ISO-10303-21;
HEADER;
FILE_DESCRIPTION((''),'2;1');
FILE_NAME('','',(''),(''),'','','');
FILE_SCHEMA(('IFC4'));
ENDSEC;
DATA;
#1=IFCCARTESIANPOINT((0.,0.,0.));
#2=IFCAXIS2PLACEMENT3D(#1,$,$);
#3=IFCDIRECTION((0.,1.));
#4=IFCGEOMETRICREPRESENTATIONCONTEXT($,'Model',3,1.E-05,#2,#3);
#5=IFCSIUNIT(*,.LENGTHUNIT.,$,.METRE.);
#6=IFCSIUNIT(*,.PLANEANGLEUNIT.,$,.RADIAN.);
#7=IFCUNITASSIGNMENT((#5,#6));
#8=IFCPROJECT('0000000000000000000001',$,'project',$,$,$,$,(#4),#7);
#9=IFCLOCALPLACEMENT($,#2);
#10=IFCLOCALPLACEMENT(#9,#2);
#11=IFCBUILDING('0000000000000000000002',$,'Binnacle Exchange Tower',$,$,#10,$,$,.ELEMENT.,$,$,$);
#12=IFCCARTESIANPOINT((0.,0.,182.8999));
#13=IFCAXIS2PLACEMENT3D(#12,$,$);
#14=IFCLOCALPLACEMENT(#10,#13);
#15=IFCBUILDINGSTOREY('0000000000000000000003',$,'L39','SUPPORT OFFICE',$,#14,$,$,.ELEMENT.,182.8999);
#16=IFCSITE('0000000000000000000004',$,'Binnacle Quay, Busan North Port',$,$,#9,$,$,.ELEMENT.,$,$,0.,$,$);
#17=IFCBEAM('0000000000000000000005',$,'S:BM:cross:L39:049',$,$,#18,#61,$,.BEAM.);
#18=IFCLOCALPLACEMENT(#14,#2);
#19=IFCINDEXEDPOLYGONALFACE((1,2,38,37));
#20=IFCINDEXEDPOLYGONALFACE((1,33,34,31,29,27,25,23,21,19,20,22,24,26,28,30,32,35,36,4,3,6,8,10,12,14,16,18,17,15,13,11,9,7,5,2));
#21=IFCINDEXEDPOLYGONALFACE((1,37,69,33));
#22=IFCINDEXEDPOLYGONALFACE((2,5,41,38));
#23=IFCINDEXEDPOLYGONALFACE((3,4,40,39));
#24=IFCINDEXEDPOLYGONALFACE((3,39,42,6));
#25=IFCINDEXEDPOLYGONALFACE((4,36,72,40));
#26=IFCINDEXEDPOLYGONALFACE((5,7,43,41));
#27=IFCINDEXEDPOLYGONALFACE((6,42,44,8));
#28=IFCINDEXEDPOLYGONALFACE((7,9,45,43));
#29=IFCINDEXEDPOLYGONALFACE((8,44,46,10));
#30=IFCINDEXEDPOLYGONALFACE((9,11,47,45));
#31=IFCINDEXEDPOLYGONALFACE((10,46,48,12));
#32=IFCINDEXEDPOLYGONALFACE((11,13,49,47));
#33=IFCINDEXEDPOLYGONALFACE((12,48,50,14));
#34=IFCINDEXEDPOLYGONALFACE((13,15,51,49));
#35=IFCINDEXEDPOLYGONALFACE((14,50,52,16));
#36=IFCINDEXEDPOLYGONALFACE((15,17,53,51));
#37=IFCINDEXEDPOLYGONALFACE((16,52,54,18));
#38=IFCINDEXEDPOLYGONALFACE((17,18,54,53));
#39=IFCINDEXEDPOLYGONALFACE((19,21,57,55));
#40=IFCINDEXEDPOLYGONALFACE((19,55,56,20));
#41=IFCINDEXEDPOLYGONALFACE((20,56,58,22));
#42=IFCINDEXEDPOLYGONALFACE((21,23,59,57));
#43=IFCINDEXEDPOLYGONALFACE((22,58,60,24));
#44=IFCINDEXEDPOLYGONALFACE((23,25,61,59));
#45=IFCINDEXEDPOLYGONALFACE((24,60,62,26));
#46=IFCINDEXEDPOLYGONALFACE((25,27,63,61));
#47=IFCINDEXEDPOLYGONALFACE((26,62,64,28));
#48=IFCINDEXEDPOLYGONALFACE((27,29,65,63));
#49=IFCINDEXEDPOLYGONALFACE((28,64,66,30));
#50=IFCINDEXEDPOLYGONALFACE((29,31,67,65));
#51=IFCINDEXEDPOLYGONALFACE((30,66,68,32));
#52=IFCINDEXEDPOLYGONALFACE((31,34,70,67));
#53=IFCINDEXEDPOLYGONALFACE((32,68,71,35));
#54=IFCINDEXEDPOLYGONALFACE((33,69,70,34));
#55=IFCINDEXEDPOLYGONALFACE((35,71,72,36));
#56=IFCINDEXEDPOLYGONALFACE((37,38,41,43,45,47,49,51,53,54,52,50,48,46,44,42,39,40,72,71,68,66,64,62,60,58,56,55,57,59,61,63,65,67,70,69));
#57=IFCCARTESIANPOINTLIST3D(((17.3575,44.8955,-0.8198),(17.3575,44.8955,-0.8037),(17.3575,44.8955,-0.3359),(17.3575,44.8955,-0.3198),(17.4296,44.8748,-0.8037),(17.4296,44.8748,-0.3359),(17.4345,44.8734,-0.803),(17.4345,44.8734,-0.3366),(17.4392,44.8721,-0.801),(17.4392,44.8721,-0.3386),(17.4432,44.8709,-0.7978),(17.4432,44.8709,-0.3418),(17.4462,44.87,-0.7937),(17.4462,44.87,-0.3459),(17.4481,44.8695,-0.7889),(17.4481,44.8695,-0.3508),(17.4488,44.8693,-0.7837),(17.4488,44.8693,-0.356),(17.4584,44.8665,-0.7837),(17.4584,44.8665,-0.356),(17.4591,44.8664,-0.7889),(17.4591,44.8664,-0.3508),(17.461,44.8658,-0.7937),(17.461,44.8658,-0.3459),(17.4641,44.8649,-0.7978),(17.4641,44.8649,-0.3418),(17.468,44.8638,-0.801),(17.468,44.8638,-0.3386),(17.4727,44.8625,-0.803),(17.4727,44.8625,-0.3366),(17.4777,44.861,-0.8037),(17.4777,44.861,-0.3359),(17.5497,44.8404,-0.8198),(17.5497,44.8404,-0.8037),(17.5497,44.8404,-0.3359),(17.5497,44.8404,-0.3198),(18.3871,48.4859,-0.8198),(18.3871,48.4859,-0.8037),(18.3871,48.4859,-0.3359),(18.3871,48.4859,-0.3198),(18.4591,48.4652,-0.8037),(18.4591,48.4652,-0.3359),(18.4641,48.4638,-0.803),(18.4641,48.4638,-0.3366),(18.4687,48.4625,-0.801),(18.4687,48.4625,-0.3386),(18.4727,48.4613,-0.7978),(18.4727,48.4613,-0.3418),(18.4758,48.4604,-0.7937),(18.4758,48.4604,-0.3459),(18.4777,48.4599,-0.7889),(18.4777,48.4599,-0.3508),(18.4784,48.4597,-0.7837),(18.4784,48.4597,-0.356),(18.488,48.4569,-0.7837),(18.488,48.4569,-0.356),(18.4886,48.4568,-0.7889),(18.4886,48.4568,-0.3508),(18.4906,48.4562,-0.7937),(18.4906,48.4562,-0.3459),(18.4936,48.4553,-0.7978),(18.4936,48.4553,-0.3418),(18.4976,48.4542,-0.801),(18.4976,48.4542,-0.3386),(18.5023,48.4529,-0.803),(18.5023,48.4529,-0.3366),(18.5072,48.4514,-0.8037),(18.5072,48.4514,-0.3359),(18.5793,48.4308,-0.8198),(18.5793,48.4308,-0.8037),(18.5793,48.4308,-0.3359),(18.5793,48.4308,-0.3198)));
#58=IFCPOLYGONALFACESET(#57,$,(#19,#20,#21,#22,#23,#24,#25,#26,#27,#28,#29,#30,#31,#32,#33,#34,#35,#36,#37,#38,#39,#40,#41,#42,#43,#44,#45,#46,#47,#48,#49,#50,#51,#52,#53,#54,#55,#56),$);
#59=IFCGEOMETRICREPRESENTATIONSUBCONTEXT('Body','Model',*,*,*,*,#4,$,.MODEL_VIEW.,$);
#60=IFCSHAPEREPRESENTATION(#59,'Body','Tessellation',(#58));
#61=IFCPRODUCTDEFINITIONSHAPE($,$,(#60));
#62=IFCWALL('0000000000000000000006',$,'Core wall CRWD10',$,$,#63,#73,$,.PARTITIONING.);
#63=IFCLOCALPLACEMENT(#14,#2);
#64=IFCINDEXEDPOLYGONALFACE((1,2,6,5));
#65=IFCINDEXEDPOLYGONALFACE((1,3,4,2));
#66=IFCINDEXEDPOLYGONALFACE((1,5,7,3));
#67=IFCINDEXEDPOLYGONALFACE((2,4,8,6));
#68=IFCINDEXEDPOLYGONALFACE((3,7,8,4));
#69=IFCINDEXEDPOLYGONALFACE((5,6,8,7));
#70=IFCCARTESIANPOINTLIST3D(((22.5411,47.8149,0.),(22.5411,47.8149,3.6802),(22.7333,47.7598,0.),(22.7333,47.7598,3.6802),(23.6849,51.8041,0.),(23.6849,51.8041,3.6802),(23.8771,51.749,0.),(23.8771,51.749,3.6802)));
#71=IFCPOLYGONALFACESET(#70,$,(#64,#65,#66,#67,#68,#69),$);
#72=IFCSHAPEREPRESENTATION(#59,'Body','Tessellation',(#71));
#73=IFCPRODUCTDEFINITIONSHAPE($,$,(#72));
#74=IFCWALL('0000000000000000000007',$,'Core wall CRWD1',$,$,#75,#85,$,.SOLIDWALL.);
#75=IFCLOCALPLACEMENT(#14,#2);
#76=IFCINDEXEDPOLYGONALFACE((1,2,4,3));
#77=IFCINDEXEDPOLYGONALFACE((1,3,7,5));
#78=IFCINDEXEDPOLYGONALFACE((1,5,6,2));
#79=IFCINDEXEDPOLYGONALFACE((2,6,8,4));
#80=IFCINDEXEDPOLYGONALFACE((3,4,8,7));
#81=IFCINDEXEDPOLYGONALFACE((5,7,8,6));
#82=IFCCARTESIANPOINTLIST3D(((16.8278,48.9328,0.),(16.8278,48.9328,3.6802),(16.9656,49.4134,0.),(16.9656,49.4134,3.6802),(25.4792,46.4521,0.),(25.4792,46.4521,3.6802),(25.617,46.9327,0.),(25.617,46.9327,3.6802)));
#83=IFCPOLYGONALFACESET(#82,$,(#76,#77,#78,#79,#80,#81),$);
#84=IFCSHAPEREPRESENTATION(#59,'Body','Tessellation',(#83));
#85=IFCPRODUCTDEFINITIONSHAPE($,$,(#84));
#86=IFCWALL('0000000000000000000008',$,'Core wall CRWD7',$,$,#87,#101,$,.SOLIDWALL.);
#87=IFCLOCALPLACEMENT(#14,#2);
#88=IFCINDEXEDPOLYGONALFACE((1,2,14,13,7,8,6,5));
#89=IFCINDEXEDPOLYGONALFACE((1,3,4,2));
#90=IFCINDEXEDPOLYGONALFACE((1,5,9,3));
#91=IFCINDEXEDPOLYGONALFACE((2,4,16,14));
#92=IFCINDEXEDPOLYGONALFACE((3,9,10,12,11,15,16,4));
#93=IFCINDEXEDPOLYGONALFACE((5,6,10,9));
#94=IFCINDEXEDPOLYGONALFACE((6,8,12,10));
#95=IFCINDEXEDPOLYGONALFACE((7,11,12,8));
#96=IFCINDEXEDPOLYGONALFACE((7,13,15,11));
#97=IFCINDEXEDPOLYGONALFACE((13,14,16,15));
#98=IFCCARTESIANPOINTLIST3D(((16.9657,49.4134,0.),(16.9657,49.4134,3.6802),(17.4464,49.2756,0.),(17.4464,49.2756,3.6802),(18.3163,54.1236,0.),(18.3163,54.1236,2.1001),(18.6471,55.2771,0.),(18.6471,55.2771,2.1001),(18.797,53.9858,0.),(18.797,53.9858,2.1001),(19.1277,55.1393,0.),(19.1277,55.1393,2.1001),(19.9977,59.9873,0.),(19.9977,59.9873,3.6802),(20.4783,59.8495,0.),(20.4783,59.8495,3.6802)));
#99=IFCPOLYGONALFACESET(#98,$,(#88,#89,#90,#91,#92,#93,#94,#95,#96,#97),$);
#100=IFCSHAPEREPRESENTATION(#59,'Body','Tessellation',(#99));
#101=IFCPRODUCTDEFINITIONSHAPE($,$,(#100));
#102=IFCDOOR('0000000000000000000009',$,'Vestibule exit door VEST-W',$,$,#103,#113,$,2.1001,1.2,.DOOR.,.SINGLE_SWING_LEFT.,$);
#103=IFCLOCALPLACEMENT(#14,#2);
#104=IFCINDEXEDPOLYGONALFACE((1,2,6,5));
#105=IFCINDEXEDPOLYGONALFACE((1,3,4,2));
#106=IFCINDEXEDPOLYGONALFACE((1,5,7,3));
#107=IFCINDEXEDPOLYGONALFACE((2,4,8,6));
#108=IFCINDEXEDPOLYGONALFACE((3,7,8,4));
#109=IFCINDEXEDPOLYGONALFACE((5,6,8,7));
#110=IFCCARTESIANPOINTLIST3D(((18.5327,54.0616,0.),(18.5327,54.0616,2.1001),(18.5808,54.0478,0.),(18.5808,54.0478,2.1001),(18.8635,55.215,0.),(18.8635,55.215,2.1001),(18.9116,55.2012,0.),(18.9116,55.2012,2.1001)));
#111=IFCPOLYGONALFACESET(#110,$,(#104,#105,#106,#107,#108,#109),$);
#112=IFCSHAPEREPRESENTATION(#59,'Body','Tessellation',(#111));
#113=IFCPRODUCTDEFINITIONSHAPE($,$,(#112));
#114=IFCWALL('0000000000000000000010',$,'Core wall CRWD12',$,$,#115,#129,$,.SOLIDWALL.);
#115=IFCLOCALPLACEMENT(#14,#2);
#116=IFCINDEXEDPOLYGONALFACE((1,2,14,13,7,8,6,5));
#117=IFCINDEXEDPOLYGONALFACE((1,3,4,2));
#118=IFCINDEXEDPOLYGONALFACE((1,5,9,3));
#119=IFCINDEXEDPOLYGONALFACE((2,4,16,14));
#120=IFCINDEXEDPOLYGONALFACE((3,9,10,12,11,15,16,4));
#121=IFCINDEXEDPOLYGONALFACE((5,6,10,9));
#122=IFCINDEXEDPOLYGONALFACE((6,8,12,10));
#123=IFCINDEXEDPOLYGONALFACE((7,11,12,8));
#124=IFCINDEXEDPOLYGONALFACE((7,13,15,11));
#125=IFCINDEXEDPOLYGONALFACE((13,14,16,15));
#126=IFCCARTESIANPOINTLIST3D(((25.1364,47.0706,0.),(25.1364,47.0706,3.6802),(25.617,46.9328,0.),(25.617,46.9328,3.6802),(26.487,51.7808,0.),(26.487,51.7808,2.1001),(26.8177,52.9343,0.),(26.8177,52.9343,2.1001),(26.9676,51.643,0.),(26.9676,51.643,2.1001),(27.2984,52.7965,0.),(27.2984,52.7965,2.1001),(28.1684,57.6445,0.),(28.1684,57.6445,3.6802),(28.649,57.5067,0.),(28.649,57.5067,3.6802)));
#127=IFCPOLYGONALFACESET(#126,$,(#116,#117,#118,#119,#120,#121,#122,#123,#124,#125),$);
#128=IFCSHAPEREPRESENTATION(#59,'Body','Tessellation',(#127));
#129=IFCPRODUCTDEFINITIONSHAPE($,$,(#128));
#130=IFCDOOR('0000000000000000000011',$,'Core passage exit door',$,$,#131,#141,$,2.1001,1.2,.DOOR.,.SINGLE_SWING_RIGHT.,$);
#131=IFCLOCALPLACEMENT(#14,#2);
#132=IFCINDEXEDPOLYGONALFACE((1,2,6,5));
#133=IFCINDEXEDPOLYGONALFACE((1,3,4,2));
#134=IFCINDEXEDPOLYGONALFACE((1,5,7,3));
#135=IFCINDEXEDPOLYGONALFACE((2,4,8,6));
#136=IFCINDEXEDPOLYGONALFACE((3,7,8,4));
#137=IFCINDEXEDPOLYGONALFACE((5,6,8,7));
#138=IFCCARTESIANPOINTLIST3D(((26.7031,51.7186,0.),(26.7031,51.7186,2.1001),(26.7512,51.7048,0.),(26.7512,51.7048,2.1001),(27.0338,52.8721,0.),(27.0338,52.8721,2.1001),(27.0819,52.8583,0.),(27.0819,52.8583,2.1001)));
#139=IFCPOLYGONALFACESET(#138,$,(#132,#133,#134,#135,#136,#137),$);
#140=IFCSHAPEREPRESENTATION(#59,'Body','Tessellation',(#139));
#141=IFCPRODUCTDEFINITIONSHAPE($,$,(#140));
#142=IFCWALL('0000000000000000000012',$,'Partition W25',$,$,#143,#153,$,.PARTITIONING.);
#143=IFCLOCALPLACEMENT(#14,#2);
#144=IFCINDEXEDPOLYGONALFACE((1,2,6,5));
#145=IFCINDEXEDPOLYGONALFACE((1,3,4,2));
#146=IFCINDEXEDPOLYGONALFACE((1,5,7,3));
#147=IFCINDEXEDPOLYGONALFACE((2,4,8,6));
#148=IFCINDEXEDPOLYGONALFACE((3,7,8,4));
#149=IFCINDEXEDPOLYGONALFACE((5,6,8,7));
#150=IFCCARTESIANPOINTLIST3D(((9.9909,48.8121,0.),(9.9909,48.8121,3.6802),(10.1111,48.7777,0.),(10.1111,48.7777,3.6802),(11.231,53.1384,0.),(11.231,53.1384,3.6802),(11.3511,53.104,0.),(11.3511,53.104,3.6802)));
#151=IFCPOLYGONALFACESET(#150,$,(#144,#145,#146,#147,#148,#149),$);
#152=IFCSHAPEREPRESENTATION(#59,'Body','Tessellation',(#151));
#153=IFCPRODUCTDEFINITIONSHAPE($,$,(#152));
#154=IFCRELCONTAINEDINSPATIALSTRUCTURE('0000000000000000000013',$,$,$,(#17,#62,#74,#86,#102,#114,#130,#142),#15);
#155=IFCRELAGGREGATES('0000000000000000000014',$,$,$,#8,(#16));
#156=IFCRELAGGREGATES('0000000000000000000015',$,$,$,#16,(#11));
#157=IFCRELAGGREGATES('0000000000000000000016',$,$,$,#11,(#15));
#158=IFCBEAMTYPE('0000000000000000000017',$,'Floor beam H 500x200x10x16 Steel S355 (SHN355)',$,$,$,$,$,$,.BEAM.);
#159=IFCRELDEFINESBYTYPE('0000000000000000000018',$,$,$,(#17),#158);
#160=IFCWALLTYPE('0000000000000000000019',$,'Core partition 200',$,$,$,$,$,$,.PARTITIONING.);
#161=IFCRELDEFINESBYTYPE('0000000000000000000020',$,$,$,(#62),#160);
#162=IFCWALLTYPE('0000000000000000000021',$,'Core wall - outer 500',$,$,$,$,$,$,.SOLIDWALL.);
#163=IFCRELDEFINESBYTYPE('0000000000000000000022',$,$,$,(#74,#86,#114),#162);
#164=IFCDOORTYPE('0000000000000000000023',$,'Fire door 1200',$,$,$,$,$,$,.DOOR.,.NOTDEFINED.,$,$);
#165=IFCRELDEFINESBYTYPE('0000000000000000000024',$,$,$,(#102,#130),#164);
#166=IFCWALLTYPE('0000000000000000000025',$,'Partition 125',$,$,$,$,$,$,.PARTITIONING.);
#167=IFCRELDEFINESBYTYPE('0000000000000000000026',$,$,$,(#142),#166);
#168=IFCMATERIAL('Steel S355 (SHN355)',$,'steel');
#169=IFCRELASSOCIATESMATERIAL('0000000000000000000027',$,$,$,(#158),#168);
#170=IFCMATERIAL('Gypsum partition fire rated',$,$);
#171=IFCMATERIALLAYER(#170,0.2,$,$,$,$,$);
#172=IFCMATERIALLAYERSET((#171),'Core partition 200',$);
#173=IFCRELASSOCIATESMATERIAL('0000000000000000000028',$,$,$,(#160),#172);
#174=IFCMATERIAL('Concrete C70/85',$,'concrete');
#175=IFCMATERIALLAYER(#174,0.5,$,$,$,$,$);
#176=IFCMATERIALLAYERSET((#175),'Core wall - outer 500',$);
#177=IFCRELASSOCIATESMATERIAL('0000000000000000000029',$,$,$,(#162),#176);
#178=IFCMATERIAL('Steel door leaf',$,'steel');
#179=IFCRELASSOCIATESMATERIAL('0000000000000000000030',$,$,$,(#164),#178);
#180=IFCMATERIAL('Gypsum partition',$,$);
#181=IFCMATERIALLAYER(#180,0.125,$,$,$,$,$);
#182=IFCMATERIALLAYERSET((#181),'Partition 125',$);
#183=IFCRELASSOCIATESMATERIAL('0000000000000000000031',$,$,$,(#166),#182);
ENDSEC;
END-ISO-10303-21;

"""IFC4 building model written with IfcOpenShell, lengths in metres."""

from ifc_helpers import new_model, si_unit, direction, frame, frame_2d, origin, origin_2d, place, context, subcontext, project, spatial, rectangle, i_section, extrude, material, layer, layer_set, material_profile, profile_set, type_object, element, fill, save


model = new_model("IFC4")

# Units and contexts
model_context = context("Model", 3, precision=1e-05, world=origin(), true_north=direction((0.0, 1.0)))
body_context = subcontext(model_context, "Body", "Model", "MODEL_VIEW")
ifc_project = project(units=[si_unit("LENGTHUNIT", "METRE"), si_unit("PLANEANGLEUNIT", "RADIAN")], contexts=[model_context])

# Site, building, storey
site_placement = place(None, origin())
site = spatial("IfcSite", under=ifc_project, at=site_placement, Name="Binnacle Quay, Busan North Port", CompositionType="ELEMENT", RefElevation=0.0)
building_placement = place(site_placement, origin())
building = spatial("IfcBuilding", under=site, at=building_placement, Name="Binnacle Exchange Tower", CompositionType="ELEMENT")
storey_placement = place(building_placement, frame((0.0, 0.0, 182.8999)))
storey = spatial("IfcBuildingStorey", under=building, at=storey_placement, Name="L39", Description="SUPPORT OFFICE", CompositionType="ELEMENT", Elevation=182.8999)

# Beam
ifc_material_1 = material(Name="Steel S355 (SHN355)", Category="steel")
ifc_material_profile = material_profile(ifc_material_1, i_section(OverallWidth=0.2, OverallDepth=0.5, WebThickness=0.01, FlangeThickness=0.0161, FilletRadius=0.02, at=origin_2d()), Name="H 500x200x10x16")
ifc_profile_set = profile_set([ifc_material_profile], Name="Steel S355 (SHN355)")
beam_type = type_object("IfcBeamType", Name="Floor beam H 500x200x10x16 Steel S355 (SHN355)", PredefinedType="BEAM", material=ifc_profile_set)
beam_placement = place(storey_placement, frame((17.4536, 44.8679, -0.5698), z_axis=(0.275645, 0.96126, 0.0), x_axis=(-0.96126, 0.275645, 0.0)))
element("IfcBeam", 1, at=beam_placement, inside=storey, type_object=beam_type, Name="S:BM:cross:L39:049", PredefinedType="BEAM", context=body_context, shape_type="SweptSolid", body=[
    extrude(i_section(OverallWidth=0.2, OverallDepth=0.5, WebThickness=0.01, FlangeThickness=0.0161, FilletRadius=0.02, at=origin_2d()), origin(), (0.0, 0.0, 1.0), 3.7351),
])

# Walls
ifc_material_2 = material(Name="Gypsum partition fire rated")
ifc_layer_1 = layer(ifc_material_2, 0.2)
ifc_layer_set_1 = layer_set([ifc_layer_1], Name="Core partition 200")
wall_type_1 = type_object("IfcWallType", Name="Core partition 200", PredefinedType="PARTITIONING", material=ifc_layer_set_1)
wall_1_placement = place(storey_placement, frame((22.6372, 47.7874, 0.0), z_axis=(0.0, 0.0, 1.0), x_axis=(0.275615, 0.961268, 0.0)))
element("IfcWall", 2, at=wall_1_placement, inside=storey, type_object=wall_type_1, Name="Core wall CRWD10", PredefinedType="PARTITIONING", context=body_context, shape_type="SweptSolid", body=[
    extrude(rectangle(XDim=4.1499, YDim=0.2, at=frame_2d((2.075, 0.0))), origin(), (0.0, 0.0, 1.0), 3.6802),
])
ifc_material_3 = material(Name="Concrete C70/85", Category="concrete")
ifc_layer_2 = layer(ifc_material_3, 0.5)
ifc_layer_set_2 = layer_set([ifc_layer_2], Name="Core wall - outer 500")
wall_type_2 = type_object("IfcWallType", Name="Core wall - outer 500", PredefinedType="SOLIDWALL", material=ifc_layer_set_2)
wall_2_placement = place(storey_placement, frame((16.8967, 49.1731, 0.0), z_axis=(0.0, 0.0, 1.0), x_axis=(0.961262, -0.275635, 0.0)))
element("IfcWall", 3, at=wall_2_placement, inside=storey, type_object=wall_type_2, Name="Core wall CRWD1", PredefinedType="SOLIDWALL", context=body_context, shape_type="SweptSolid", body=[
    extrude(rectangle(XDim=9.0, YDim=0.5, at=frame_2d((4.5, 0.0))), origin(), (0.0, 0.0, 1.0), 3.6802),
])

# Walls, openings, doors
wall_3_placement = place(storey_placement, frame((17.2061, 49.3445, 0.0), z_axis=(0.0, 0.0, 1.0), x_axis=(0.275633, 0.961263, 0.0)))
wall_3 = element("IfcWall", 4, at=wall_3_placement, inside=storey, type_object=wall_type_2, Name="Core wall CRWD7", PredefinedType="SOLIDWALL", context=body_context, shape_type="SweptSolid", body=[
    extrude(rectangle(XDim=11.0, YDim=0.5, at=frame_2d((5.5, 0.0))), origin(), (0.0, 0.0, 1.0), 3.6802),
])
opening_1_placement = place(wall_3_placement, frame((4.8999, 0.0, 0.0)))
opening_1 = element("IfcOpeningElement", 5, at=opening_1_placement, cuts=wall_3, PredefinedType="OPENING", context=body_context, shape_type="SweptSolid", body=[
    extrude(rectangle(XDim=1.2, YDim=2.1001, at=frame_2d((0.6001, 1.05))), frame((0.0, 0.26, 0.0), z_axis=(0.0, -1.0, 0.0), x_axis=(1.0, 0.0, 0.0)), (0.0, 0.0, 1.0), 0.52),
])
ifc_material_4 = material(Name="Steel door leaf", Category="steel")
door_type_1 = type_object("IfcDoorType", Name="Fire door 1200", OperationType="NOTDEFINED", PredefinedType="DOOR", material=ifc_material_4)
door_1_placement = place(opening_1_placement, origin())
door_1 = element("IfcDoor", 6, at=door_1_placement, inside=storey, type_object=door_type_1, Name="Vestibule exit door VEST-W", OperationType="SINGLE_SWING_LEFT", OverallHeight=2.1001, OverallWidth=1.2, PredefinedType="DOOR", context=body_context, shape_type="SweptSolid", body=[
    extrude(rectangle(XDim=1.2, YDim=2.1001, at=frame_2d((0.6001, 1.05))), frame((0.0, 0.0249, 0.0), z_axis=(0.0, -1.0, 0.0), x_axis=(1.0, 0.0, 0.0)), (0.0, 0.0, 1.0), 0.05),
])
fill(opening_1, door_1)
wall_4_placement = place(storey_placement, frame((25.3767, 47.0017, 0.0), z_axis=(0.0, 0.0, 1.0), x_axis=(0.275633, 0.961263, 0.0)))
wall_4 = element("IfcWall", 7, at=wall_4_placement, inside=storey, type_object=wall_type_2, Name="Core wall CRWD12", PredefinedType="SOLIDWALL", context=body_context, shape_type="SweptSolid", body=[
    extrude(rectangle(XDim=11.0, YDim=0.5, at=frame_2d((5.5, 0.0))), origin(), (0.0, 0.0, 1.0), 3.6802),
])
opening_2_placement = place(wall_4_placement, frame((4.8999, 0.0, 0.0)))
opening_2 = element("IfcOpeningElement", 8, at=opening_2_placement, cuts=wall_4, PredefinedType="OPENING", context=body_context, shape_type="SweptSolid", body=[
    extrude(rectangle(XDim=1.2, YDim=2.1001, at=frame_2d((0.6001, 1.05))), frame((0.0, 0.26, 0.0), z_axis=(0.0, -1.0, 0.0), x_axis=(1.0, 0.0, 0.0)), (0.0, 0.0, 1.0), 0.52),
])
door_2_placement = place(opening_2_placement, frame((1.2, 0.0, 0.0), z_axis=(0.0, 0.0, 1.0), x_axis=(-1.0, 0.0, 0.0)))
door_2 = element("IfcDoor", 9, at=door_2_placement, inside=storey, type_object=door_type_1, Name="Core passage exit door", OperationType="SINGLE_SWING_RIGHT", OverallHeight=2.1001, OverallWidth=1.2, PredefinedType="DOOR", context=body_context, shape_type="SweptSolid", body=[
    extrude(rectangle(XDim=1.2, YDim=2.1001, at=frame_2d((0.6001, 1.05))), frame((0.0, 0.0249, 0.0), z_axis=(0.0, -1.0, 0.0), x_axis=(1.0, 0.0, 0.0)), (0.0, 0.0, 1.0), 0.05),
])
fill(opening_2, door_2)

# Wall
ifc_material_5 = material(Name="Gypsum partition")
ifc_layer_3 = layer(ifc_material_5, 0.125)
ifc_layer_set_3 = layer_set([ifc_layer_3], Name="Partition 125")
wall_type_3 = type_object("IfcWallType", Name="Partition 125", PredefinedType="PARTITIONING", material=ifc_layer_set_3)
wall_5_placement = place(storey_placement, frame((10.051, 48.7949, 0.0), z_axis=(0.0, 0.0, 1.0), x_axis=(0.275531, 0.961292, 0.0)))
element("IfcWall", 10, at=wall_5_placement, inside=storey, type_object=wall_type_3, Name="Partition W25", PredefinedType="PARTITIONING", context=body_context, shape_type="SweptSolid", body=[
    extrude(rectangle(XDim=4.5005, YDim=0.125, at=frame_2d((2.2502, 0.0))), origin(), (0.0, 0.0, 1.0), 3.6802),
])

save(model, "model.ifc")
